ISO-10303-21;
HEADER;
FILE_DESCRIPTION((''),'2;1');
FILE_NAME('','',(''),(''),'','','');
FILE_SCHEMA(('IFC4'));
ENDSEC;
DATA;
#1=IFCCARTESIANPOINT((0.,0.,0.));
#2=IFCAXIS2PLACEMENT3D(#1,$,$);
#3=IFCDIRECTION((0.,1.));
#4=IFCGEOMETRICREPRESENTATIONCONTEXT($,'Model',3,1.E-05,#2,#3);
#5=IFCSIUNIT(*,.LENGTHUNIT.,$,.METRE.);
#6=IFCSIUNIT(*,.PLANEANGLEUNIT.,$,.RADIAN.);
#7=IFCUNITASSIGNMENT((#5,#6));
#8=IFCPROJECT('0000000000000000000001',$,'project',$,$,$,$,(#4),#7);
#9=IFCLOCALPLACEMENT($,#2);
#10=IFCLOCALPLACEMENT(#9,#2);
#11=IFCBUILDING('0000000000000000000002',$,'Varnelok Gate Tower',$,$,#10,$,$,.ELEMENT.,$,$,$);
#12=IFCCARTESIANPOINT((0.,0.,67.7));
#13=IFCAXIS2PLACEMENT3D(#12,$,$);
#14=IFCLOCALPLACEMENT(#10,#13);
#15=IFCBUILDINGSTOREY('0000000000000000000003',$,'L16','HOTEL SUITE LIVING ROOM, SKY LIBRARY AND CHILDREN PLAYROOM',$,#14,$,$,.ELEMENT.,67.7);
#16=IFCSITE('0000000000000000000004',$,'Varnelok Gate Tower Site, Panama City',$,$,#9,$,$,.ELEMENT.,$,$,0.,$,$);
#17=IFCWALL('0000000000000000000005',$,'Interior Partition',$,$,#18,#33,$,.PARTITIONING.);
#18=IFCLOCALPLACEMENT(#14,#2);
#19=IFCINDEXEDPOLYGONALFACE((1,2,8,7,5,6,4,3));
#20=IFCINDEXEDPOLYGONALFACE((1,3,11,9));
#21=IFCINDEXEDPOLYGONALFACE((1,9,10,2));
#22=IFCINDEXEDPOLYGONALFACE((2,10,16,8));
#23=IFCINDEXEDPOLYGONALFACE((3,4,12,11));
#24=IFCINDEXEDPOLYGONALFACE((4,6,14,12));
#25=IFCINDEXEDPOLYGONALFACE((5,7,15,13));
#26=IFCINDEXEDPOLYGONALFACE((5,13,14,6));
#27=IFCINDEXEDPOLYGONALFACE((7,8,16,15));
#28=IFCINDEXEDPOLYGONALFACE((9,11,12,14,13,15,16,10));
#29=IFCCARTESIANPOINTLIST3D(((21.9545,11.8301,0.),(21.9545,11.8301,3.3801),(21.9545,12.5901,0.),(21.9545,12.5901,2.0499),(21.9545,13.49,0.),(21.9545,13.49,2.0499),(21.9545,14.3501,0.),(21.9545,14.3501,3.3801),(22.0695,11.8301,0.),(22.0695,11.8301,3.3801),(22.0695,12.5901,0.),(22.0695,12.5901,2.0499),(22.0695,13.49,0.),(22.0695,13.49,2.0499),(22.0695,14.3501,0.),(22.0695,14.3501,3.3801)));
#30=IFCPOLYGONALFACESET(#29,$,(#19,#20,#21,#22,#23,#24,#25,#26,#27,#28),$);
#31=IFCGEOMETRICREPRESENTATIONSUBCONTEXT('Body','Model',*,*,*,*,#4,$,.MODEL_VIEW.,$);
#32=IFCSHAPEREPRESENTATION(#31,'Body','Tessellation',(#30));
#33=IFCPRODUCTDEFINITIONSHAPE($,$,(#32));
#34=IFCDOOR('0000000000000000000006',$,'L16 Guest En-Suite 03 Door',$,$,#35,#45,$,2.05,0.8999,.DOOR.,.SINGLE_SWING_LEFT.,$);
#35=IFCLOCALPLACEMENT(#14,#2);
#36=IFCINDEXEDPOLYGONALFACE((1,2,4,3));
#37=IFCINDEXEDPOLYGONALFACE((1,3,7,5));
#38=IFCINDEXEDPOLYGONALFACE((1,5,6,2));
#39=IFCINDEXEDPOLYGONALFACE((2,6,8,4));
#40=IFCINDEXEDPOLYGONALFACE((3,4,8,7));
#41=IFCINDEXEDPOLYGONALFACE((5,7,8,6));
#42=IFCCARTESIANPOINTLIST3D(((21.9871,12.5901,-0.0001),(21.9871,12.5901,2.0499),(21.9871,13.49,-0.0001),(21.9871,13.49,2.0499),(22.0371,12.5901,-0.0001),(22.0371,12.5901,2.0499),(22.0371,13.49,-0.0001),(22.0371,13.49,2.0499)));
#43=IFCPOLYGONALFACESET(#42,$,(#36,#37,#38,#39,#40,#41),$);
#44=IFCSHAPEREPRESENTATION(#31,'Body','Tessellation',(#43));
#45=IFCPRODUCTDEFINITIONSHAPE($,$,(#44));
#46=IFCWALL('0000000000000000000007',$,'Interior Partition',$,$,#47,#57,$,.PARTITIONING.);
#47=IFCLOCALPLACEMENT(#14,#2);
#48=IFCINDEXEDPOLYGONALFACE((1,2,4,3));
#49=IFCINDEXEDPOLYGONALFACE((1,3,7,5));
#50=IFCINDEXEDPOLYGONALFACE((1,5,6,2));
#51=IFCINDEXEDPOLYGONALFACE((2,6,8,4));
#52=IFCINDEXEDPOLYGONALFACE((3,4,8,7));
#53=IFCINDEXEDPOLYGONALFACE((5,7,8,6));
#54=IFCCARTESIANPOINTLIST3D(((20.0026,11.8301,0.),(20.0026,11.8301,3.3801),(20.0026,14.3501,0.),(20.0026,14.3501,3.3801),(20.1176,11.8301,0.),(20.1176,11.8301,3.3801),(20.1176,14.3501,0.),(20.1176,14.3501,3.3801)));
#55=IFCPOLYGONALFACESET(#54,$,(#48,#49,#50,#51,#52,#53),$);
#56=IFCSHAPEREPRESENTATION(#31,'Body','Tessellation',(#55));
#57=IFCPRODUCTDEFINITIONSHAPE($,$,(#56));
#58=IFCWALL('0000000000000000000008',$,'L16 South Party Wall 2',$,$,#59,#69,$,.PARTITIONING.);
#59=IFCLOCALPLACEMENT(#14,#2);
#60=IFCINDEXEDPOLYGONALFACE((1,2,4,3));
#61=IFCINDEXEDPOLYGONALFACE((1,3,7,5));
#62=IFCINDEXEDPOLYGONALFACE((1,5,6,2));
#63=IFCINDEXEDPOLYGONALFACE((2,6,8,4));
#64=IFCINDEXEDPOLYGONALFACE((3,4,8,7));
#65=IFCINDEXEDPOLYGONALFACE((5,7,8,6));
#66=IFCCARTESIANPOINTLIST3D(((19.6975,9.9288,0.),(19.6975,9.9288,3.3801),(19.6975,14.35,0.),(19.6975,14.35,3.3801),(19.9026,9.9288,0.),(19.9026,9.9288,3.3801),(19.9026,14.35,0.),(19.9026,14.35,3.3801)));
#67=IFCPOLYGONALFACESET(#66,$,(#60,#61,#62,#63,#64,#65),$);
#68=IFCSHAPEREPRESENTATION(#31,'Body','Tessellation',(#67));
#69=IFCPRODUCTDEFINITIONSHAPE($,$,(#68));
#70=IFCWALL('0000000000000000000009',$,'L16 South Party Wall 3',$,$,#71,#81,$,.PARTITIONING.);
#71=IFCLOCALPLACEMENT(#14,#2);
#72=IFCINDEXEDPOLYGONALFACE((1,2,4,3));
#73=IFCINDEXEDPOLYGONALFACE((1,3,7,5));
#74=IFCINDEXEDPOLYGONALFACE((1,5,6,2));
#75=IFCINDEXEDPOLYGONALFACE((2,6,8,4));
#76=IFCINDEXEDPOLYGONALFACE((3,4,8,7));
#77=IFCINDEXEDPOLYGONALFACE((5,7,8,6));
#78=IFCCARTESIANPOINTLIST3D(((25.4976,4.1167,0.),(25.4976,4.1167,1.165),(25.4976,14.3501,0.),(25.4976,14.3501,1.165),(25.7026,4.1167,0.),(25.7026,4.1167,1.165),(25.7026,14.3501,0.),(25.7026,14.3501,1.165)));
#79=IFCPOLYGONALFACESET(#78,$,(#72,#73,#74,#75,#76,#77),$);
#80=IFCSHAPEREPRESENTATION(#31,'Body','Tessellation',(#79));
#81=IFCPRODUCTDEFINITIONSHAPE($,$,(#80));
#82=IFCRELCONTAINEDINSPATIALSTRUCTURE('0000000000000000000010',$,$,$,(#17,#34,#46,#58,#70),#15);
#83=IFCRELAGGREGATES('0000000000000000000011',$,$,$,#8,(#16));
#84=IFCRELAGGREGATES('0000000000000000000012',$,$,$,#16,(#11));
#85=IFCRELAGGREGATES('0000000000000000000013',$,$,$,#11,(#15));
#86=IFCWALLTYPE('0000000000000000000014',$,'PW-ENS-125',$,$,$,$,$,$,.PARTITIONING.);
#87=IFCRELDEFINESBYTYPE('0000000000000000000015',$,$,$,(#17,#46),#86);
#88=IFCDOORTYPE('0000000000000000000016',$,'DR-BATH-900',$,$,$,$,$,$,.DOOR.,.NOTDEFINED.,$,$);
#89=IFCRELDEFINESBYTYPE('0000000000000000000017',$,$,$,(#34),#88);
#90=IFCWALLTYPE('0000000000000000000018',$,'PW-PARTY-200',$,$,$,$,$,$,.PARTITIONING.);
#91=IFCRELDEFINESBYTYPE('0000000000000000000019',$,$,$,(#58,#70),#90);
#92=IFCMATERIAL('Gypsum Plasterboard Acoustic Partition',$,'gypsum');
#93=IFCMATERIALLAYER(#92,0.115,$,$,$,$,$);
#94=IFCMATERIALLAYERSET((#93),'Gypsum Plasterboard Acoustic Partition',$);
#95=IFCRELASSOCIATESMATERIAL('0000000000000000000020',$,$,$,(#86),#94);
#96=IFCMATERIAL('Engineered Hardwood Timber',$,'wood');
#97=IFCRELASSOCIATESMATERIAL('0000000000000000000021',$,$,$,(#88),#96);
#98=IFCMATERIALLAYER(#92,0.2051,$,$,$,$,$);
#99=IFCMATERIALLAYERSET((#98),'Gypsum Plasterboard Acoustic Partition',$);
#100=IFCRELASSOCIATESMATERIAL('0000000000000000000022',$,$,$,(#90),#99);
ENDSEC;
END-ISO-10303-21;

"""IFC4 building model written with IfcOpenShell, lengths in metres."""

from ifc_helpers import new_model, si_unit, direction, frame, frame_2d, origin, place, context, subcontext, project, spatial, rectangle, extrude, material, layer, layer_set, type_object, element, fill, save


model = new_model("IFC4")

# Units and contexts
model_context = context("Model", 3, precision=1e-05, world=origin(), true_north=direction((0.0, 1.0)))
body_context = subcontext(model_context, "Body", "Model", "MODEL_VIEW")
ifc_project = project(units=[si_unit("LENGTHUNIT", "METRE"), si_unit("PLANEANGLEUNIT", "RADIAN")], contexts=[model_context])

# Site, building, storey
site_placement = place(None, origin())
site = spatial("IfcSite", under=ifc_project, at=site_placement, Name="Varnelok Gate Tower Site, Panama City", CompositionType="ELEMENT", RefElevation=0.0)
building_placement = place(site_placement, origin())
building = spatial("IfcBuilding", under=site, at=building_placement, Name="Varnelok Gate Tower", CompositionType="ELEMENT")
storey_placement = place(building_placement, frame((0.0, 0.0, 67.7)))
storey = spatial("IfcBuildingStorey", under=building, at=storey_placement, Name="L16", Description="HOTEL SUITE LIVING ROOM, SKY LIBRARY AND CHILDREN PLAYROOM", CompositionType="ELEMENT", Elevation=67.7)

# Shared definitions
ifc_material_1 = material(Name="Gypsum Plasterboard Acoustic Partition", Category="gypsum")
ifc_material_2 = material(Name="Engineered Hardwood Timber", Category="wood")

# Shared definitions
ifc_layer_1 = layer(ifc_material_1, 0.115)
ifc_layer_set_1 = layer_set([ifc_layer_1], Name="Gypsum Plasterboard Acoustic Partition")
wall_type_1 = type_object("IfcWallType", Name="PW-ENS-125", PredefinedType="PARTITIONING", material=ifc_layer_set_1)

# Wall, opening, door
wall_1_placement = place(storey_placement, frame((22.012, 11.8301, 0.0), z_axis=(0.0, 0.0, 1.0), x_axis=(0.0, 1.0, 0.0)))
wall_1 = element("IfcWall", 1, at=wall_1_placement, inside=storey, type_object=wall_type_1, Name="Interior Partition", PredefinedType="PARTITIONING", context=body_context, shape_type="SweptSolid", body=[
    extrude(rectangle(XDim=2.52, YDim=0.115, at=frame_2d((1.26, 0.0))), origin(), (0.0, 0.0, 1.0), 3.3801),
])
opening_1_placement = place(wall_1_placement, frame((0.76, 0.0, 0.0)))
opening_1 = element("IfcOpeningElement", 2, at=opening_1_placement, cuts=wall_1, PredefinedType="OPENING", context=body_context, shape_type="SweptSolid", body=[
    extrude(rectangle(XDim=0.8999, YDim=2.05, at=frame_2d((0.45, 1.0249))), frame((0.0, 0.0674, 0.0), z_axis=(0.0, -1.0, 0.0), x_axis=(1.0, 0.0, 0.0)), (0.0, 0.0, 1.0), 0.135),
])
door_type_1 = type_object("IfcDoorType", Name="DR-BATH-900", OperationType="NOTDEFINED", PredefinedType="DOOR", material=ifc_material_2)
door_1_placement = place(opening_1_placement, origin())
door_1 = element("IfcDoor", 3, at=door_1_placement, inside=storey, type_object=door_type_1, Name="L16 Guest En-Suite 03 Door", OperationType="SINGLE_SWING_LEFT", OverallHeight=2.05, OverallWidth=0.8999, PredefinedType="DOOR", context=body_context, shape_type="SweptSolid", body=[
    extrude(rectangle(XDim=0.8999, YDim=2.05, at=frame_2d((0.45, 1.0249))), frame((0.0, 0.0249, 0.0), z_axis=(0.0, -1.0, 0.0), x_axis=(1.0, 0.0, 0.0)), (0.0, 0.0, 1.0), 0.05),
])
fill(opening_1, door_1)

# Walls
wall_2_placement = place(storey_placement, frame((20.0601, 11.8301, 0.0), z_axis=(0.0, 0.0, 1.0), x_axis=(0.0, 1.0, 0.0)))
element("IfcWall", 4, at=wall_2_placement, inside=storey, type_object=wall_type_1, Name="Interior Partition", PredefinedType="PARTITIONING", context=body_context, shape_type="SweptSolid", body=[
    extrude(rectangle(XDim=2.52, YDim=0.115, at=frame_2d((1.26, 0.0))), origin(), (0.0, 0.0, 1.0), 3.3801),
])
ifc_layer_2 = layer(ifc_material_1, 0.2051)
ifc_layer_set_2 = layer_set([ifc_layer_2], Name="Gypsum Plasterboard Acoustic Partition")
wall_type_2 = type_object("IfcWallType", Name="PW-PARTY-200", PredefinedType="PARTITIONING", material=ifc_layer_set_2)
wall_3_placement = place(storey_placement, frame((19.8, 9.929, 0.0), z_axis=(0.0, 0.0, 1.0), x_axis=(0.0, 1.0, 0.0)))
element("IfcWall", 5, at=wall_3_placement, inside=storey, type_object=wall_type_2, Name="L16 South Party Wall 2", PredefinedType="PARTITIONING", context=body_context, shape_type="SweptSolid", body=[
    extrude(rectangle(XDim=4.4211, YDim=0.2051, at=frame_2d((2.2104, 0.0))), origin(), (0.0, 0.0, 1.0), 3.3801),
])
wall_4_placement = place(storey_placement, frame((25.6001, 4.1167, 0.0), z_axis=(0.0, 0.0, 1.0), x_axis=(0.0, 1.0, 0.0)))
element("IfcWall", 6, at=wall_4_placement, inside=storey, type_object=wall_type_2, Name="L16 South Party Wall 3", PredefinedType="PARTITIONING", context=body_context, shape_type="SweptSolid", body=[
    extrude(rectangle(XDim=10.2334, YDim=0.2051, at=frame_2d((5.1167, 0.0))), origin(), (0.0, 0.0, 1.0), 1.165),
])

save(model, "model.ifc")
